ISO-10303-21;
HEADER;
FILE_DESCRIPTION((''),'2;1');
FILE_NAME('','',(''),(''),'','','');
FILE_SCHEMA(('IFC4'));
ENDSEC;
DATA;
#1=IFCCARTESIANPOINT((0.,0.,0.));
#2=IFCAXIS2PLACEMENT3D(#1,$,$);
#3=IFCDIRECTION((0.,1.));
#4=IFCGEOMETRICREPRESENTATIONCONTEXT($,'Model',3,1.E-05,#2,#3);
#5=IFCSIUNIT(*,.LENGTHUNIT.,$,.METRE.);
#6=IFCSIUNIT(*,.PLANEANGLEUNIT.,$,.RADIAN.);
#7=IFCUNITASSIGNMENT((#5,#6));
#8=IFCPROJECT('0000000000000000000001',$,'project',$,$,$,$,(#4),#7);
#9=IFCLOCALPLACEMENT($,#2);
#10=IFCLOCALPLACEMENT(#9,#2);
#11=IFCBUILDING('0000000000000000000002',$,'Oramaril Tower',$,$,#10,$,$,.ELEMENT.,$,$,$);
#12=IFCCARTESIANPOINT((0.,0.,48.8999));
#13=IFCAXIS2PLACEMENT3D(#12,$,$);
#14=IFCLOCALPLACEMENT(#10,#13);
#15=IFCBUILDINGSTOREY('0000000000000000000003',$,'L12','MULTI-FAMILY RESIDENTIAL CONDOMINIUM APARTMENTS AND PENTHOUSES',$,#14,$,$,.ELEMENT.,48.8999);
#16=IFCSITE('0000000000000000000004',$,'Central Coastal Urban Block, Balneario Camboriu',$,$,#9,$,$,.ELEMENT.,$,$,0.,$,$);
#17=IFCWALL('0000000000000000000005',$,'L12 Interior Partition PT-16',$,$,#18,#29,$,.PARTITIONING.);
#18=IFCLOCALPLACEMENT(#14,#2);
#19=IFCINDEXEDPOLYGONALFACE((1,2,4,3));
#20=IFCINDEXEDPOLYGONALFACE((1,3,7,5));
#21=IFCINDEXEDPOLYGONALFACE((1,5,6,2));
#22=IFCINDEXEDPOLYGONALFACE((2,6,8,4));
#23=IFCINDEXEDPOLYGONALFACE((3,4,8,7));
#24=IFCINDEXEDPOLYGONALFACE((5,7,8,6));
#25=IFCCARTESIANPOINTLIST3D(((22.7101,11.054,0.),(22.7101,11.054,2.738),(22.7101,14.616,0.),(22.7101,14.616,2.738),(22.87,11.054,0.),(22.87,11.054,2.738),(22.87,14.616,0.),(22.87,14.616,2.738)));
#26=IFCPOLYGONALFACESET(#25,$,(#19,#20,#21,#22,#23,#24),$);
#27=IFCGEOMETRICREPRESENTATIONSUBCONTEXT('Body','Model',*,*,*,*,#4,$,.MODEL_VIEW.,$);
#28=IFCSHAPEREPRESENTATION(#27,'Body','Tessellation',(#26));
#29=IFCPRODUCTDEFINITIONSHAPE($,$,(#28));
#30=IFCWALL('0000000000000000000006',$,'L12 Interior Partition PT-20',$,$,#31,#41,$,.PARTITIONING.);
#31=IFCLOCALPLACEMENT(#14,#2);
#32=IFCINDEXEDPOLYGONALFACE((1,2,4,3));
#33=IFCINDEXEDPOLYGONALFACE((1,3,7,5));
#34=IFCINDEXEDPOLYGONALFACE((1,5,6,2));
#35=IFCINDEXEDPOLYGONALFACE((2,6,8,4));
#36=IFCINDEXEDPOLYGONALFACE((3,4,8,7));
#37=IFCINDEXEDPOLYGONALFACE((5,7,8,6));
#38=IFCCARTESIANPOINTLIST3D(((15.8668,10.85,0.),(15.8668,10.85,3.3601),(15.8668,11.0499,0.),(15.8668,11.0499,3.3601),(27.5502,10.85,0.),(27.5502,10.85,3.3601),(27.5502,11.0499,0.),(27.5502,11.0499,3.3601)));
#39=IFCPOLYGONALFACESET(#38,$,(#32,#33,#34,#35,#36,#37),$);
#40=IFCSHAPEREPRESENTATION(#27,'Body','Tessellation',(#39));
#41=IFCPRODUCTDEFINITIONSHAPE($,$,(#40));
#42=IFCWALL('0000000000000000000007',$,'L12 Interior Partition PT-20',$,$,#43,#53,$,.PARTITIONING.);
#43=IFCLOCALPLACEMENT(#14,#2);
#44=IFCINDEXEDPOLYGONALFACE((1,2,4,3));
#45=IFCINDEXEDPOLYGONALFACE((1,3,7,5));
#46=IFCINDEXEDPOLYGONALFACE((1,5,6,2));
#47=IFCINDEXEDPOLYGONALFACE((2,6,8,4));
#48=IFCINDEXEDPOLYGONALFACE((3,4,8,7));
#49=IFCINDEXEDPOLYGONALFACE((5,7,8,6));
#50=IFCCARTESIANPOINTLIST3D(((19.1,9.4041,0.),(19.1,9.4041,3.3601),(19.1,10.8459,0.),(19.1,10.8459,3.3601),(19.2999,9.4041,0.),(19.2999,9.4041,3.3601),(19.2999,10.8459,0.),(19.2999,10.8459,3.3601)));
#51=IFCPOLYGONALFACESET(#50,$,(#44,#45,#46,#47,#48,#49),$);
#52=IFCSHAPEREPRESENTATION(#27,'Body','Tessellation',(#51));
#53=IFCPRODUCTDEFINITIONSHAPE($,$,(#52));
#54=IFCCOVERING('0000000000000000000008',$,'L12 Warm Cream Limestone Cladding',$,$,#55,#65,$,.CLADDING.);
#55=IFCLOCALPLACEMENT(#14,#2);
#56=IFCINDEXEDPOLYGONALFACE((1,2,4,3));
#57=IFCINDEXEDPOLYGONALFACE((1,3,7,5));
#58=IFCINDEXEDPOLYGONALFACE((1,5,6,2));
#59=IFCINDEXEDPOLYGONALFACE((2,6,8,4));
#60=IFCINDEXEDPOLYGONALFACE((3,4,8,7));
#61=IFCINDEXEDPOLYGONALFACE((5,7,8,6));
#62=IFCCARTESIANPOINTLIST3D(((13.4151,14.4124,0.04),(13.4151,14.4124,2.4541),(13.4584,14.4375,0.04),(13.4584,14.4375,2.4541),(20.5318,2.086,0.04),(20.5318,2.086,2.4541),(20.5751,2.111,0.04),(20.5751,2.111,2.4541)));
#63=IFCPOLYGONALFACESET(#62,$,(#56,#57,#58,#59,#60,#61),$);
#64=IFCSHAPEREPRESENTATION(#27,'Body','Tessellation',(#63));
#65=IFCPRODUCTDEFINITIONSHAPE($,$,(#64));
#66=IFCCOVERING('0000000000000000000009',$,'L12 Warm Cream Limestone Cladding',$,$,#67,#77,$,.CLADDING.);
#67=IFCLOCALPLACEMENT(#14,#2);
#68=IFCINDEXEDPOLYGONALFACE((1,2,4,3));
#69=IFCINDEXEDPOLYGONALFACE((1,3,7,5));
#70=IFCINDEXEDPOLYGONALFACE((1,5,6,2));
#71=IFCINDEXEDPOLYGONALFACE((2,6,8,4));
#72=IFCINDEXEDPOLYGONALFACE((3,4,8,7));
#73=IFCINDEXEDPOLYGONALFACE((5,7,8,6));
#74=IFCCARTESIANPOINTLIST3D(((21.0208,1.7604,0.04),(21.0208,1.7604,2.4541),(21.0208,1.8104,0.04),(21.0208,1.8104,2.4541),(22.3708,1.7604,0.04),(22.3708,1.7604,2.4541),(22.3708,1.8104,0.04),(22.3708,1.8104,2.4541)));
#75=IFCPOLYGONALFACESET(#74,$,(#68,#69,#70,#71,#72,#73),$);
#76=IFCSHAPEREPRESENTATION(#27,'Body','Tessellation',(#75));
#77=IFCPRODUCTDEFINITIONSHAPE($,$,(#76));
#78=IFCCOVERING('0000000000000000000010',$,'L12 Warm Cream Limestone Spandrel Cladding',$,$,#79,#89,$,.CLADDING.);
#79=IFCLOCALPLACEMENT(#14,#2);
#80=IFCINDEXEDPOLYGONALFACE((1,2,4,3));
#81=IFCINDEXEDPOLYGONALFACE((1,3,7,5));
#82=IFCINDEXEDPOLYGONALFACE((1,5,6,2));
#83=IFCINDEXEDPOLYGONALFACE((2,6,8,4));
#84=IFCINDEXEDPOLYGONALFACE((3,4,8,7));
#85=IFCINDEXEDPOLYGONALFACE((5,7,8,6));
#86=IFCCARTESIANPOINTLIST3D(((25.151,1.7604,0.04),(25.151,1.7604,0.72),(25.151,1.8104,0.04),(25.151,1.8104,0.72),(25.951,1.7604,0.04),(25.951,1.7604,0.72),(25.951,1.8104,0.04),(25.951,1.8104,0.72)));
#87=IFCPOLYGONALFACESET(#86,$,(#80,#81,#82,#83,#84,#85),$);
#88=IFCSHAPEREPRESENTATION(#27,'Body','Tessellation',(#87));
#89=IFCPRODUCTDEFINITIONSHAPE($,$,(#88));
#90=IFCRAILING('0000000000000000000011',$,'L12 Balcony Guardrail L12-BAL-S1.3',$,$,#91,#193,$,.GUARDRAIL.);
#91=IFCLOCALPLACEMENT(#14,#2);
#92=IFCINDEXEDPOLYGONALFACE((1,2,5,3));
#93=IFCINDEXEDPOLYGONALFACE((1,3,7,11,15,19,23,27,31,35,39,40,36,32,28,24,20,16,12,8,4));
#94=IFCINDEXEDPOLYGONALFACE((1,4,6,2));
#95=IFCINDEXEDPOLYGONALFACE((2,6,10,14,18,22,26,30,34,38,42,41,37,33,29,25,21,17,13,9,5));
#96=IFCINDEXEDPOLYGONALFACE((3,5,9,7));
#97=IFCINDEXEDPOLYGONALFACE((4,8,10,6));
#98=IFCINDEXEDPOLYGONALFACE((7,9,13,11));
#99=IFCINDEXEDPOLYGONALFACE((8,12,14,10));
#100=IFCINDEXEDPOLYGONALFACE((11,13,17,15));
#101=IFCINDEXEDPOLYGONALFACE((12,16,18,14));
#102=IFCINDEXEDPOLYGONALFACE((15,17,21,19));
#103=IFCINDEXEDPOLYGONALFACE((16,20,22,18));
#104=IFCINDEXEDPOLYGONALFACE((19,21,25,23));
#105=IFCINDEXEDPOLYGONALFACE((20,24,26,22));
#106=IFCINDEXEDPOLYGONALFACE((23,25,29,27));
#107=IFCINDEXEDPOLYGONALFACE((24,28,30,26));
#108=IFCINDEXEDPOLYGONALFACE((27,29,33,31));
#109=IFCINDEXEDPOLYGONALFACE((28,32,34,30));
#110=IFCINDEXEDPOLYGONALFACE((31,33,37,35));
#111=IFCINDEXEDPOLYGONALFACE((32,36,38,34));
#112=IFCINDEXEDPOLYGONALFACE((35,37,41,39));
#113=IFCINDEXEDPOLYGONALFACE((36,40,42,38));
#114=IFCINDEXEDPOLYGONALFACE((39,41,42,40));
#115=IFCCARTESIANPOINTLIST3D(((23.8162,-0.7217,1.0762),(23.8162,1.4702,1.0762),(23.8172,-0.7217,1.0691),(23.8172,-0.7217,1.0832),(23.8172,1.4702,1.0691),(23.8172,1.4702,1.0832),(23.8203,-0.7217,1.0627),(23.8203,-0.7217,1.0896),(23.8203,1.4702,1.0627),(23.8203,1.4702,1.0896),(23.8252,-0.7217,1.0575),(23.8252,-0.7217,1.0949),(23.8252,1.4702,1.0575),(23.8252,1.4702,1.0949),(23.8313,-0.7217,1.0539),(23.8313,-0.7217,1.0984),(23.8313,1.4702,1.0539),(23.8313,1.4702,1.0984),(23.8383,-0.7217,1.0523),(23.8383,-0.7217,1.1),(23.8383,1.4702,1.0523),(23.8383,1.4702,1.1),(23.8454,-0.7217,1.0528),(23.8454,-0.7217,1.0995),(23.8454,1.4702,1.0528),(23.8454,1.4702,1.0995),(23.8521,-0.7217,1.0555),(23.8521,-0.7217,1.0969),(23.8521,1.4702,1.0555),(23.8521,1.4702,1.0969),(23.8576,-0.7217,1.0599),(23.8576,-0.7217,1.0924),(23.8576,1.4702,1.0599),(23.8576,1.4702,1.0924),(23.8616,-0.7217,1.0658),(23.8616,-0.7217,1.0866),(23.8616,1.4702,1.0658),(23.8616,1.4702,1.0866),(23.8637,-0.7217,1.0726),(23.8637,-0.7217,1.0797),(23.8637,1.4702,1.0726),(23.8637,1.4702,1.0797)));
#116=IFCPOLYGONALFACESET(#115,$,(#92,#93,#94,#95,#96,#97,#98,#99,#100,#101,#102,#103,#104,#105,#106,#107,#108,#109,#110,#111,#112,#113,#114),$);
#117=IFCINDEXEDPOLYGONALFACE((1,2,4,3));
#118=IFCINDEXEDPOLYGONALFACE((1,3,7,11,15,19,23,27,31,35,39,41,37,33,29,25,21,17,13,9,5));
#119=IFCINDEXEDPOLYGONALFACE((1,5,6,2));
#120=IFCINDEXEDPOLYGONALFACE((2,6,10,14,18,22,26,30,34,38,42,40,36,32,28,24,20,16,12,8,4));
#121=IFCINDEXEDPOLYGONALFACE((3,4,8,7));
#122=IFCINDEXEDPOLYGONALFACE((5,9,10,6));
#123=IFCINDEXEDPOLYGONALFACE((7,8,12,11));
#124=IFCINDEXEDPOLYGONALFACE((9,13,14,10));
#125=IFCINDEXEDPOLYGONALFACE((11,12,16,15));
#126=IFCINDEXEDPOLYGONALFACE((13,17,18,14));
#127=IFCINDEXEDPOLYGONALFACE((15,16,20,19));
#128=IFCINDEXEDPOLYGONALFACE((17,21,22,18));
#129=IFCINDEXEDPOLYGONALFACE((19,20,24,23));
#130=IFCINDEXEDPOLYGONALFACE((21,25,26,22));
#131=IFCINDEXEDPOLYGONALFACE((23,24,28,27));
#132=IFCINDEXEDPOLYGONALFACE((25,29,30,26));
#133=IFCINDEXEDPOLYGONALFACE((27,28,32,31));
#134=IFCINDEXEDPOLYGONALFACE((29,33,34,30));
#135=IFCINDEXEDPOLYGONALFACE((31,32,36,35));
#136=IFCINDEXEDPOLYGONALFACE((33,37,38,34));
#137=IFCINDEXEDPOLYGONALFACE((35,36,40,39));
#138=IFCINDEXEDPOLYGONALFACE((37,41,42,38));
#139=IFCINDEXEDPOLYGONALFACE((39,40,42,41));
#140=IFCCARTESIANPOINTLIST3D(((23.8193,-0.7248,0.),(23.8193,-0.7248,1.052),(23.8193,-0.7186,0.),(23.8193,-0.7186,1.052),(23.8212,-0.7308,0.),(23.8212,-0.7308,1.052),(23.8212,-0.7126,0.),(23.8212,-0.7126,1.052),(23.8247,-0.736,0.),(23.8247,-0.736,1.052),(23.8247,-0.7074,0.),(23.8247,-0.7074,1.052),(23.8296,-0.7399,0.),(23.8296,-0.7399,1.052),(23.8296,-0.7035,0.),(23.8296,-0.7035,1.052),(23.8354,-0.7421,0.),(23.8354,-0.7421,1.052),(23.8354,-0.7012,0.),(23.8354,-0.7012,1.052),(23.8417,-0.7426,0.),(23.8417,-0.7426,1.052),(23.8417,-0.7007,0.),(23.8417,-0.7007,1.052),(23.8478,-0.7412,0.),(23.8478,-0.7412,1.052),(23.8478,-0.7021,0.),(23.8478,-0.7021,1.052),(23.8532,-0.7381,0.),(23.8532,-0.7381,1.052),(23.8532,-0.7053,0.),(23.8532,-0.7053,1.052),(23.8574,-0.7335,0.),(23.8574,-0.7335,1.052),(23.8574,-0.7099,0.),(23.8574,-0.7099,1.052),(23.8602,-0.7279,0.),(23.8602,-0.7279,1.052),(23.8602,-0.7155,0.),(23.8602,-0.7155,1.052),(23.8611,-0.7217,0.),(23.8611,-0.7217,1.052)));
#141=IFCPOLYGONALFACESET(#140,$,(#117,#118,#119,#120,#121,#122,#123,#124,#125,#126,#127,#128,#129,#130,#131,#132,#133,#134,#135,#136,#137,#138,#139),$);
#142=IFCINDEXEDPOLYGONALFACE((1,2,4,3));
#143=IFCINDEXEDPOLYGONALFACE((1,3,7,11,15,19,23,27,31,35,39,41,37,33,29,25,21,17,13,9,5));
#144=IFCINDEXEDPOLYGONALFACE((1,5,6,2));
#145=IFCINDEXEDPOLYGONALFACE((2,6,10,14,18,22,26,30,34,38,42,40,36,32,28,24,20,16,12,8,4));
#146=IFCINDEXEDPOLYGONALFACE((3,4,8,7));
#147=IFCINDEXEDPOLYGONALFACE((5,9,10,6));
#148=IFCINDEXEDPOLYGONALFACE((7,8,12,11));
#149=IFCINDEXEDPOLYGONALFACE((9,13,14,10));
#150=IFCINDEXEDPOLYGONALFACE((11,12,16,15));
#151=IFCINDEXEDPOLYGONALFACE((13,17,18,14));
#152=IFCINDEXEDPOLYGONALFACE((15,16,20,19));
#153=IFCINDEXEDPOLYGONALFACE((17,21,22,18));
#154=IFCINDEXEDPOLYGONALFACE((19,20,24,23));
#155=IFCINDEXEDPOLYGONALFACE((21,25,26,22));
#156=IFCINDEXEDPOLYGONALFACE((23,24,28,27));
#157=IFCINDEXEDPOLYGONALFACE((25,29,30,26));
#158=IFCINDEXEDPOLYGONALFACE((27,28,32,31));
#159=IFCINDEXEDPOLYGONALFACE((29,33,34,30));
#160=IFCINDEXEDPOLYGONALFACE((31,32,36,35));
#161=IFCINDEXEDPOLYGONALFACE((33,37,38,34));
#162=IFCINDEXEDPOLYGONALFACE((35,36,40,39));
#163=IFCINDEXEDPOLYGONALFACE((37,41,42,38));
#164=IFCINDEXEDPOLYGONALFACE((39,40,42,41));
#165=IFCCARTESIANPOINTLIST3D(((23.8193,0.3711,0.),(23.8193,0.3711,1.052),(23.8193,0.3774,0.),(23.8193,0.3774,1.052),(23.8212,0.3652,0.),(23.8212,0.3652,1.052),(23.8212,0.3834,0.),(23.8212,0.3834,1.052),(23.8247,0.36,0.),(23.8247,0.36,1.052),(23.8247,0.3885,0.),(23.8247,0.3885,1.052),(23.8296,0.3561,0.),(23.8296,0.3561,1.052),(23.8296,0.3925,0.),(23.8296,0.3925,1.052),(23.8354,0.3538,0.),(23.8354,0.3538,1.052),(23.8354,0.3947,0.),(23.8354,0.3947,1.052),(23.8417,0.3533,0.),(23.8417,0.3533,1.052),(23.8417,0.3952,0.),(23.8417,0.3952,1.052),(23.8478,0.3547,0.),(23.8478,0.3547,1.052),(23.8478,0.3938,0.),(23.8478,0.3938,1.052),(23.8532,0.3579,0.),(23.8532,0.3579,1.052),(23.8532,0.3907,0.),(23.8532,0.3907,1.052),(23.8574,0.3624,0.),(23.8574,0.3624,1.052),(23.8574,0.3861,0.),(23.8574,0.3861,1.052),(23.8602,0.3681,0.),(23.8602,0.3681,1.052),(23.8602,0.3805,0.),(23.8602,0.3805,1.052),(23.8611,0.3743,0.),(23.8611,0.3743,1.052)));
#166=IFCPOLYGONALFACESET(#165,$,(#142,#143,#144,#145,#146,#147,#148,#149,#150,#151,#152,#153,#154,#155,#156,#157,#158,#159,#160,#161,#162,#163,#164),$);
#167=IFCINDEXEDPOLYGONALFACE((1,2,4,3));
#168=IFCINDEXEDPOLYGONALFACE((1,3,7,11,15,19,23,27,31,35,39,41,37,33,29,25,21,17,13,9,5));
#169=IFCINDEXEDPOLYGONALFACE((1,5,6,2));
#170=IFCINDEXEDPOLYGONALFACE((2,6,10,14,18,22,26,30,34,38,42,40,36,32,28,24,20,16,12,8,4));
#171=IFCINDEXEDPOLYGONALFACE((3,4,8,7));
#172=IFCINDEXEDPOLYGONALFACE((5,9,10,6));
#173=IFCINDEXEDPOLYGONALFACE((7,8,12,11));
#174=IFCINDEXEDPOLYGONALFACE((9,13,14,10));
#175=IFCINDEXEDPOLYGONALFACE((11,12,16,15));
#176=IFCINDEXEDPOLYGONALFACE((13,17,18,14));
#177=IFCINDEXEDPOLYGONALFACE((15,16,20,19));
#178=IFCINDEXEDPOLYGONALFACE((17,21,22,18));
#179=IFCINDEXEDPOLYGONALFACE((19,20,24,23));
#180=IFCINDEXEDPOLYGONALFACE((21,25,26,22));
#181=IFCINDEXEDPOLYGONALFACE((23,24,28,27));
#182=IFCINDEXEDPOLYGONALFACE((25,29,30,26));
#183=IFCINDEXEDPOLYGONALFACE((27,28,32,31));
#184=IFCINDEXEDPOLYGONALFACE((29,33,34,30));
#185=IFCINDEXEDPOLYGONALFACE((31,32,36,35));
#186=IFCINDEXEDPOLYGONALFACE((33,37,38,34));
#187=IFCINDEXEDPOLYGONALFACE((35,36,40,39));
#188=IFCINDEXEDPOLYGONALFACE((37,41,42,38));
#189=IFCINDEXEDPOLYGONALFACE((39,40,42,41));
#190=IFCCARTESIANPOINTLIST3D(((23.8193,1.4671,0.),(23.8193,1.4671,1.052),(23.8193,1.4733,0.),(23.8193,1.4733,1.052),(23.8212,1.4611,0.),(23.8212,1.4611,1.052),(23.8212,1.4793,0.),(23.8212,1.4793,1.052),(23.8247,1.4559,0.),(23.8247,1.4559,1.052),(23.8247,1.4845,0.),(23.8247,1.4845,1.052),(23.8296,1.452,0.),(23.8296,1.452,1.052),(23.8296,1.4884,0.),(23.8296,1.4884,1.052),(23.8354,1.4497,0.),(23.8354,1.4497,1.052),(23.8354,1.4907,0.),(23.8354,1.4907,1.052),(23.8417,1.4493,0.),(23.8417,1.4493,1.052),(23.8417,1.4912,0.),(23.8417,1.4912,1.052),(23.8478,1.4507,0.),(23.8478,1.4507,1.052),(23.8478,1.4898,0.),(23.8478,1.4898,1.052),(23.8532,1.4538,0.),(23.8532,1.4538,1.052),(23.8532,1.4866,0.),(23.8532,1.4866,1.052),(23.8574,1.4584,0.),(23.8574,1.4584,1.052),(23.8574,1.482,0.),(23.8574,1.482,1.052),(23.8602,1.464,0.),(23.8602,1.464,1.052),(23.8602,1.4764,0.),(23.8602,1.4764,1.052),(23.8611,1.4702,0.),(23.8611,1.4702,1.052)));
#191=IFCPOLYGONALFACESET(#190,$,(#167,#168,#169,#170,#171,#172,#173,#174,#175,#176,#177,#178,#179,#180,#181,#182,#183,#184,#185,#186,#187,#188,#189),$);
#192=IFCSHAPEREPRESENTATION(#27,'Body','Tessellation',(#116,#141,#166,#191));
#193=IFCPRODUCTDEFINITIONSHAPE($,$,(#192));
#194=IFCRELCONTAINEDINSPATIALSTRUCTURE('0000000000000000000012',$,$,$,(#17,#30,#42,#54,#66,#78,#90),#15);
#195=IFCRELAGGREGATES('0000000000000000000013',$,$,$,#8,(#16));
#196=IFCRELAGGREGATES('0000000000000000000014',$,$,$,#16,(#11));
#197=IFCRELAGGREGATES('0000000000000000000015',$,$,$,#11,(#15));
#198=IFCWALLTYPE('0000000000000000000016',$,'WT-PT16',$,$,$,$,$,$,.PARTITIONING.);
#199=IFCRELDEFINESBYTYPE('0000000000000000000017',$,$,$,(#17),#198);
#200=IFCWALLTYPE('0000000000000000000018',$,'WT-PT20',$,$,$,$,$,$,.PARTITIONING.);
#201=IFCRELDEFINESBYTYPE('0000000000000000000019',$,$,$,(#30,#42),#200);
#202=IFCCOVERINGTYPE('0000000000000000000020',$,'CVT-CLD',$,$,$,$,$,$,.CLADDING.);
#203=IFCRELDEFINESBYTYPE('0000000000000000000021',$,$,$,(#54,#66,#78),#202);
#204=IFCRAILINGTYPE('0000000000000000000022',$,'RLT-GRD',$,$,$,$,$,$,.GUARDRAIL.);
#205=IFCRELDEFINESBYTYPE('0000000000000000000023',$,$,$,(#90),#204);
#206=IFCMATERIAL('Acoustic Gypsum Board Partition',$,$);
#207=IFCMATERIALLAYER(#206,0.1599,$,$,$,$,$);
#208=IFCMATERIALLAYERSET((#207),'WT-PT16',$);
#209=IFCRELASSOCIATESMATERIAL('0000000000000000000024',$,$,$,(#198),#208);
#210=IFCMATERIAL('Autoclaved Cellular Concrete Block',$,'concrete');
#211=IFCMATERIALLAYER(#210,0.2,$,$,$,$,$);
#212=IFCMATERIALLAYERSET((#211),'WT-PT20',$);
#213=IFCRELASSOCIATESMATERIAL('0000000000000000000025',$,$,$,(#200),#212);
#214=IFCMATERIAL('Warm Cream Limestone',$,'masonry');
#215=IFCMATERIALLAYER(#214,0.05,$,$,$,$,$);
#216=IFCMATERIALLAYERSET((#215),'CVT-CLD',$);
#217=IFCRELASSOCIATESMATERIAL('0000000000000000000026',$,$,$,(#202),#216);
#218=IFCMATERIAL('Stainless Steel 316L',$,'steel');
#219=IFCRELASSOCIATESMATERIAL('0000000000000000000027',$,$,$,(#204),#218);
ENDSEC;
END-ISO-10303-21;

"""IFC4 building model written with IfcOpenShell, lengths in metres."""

from ifc_helpers import new_model, si_unit, direction, frame, frame_2d, origin, origin_2d, place, context, subcontext, project, spatial, rectangle, circle, extrude, material, layer, layer_set, type_object, element, save


model = new_model("IFC4")

# Units and contexts
model_context = context("Model", 3, precision=1e-05, world=origin(), true_north=direction((0.0, 1.0)))
body_context = subcontext(model_context, "Body", "Model", "MODEL_VIEW")
ifc_project = project(units=[si_unit("LENGTHUNIT", "METRE"), si_unit("PLANEANGLEUNIT", "RADIAN")], contexts=[model_context])

# Site, building, storey
site_placement = place(None, origin())
site = spatial("IfcSite", under=ifc_project, at=site_placement, Name="Central Coastal Urban Block, Balneario Camboriu", CompositionType="ELEMENT", RefElevation=0.0)
building_placement = place(site_placement, origin())
building = spatial("IfcBuilding", under=site, at=building_placement, Name="Oramaril Tower", CompositionType="ELEMENT")
storey_placement = place(building_placement, frame((0.0, 0.0, 48.8999)))
storey = spatial("IfcBuildingStorey", under=building, at=storey_placement, Name="L12", Description="MULTI-FAMILY RESIDENTIAL CONDOMINIUM APARTMENTS AND PENTHOUSES", CompositionType="ELEMENT", Elevation=48.8999)

# Wall
ifc_material_1 = material(Name="Acoustic Gypsum Board Partition")
ifc_layer_1 = layer(ifc_material_1, 0.1599)
ifc_layer_set_1 = layer_set([ifc_layer_1], Name="WT-PT16")
wall_type_1 = type_object("IfcWallType", Name="WT-PT16", PredefinedType="PARTITIONING", material=ifc_layer_set_1)
wall_1_placement = place(storey_placement, frame((22.79, 11.054, 0.0), z_axis=(0.0, 0.0, 1.0), x_axis=(0.0, 1.0, 0.0)))
element("IfcWall", 1, at=wall_1_placement, inside=storey, type_object=wall_type_1, Name="L12 Interior Partition PT-16", PredefinedType="PARTITIONING", context=body_context, shape_type="SweptSolid", body=[
    extrude(rectangle(XDim=3.562, YDim=0.1599, at=frame_2d((1.781, 0.0))), origin(), (0.0, 0.0, 1.0), 2.738),
])

# Shared definitions
ifc_material_2 = material(Name="Autoclaved Cellular Concrete Block", Category="concrete")
ifc_layer_2 = layer(ifc_material_2, 0.2)
ifc_layer_set_2 = layer_set([ifc_layer_2], Name="WT-PT20")
wall_type_2 = type_object("IfcWallType", Name="WT-PT20", PredefinedType="PARTITIONING", material=ifc_layer_set_2)

# Walls
wall_2_placement = place(storey_placement, frame((15.8667, 10.95, 0.0), z_axis=(0.0, 0.0, 1.0), x_axis=(1.0, 0.0, 0.0)))
element("IfcWall", 2, at=wall_2_placement, inside=storey, type_object=wall_type_2, Name="L12 Interior Partition PT-20", PredefinedType="PARTITIONING", context=body_context, shape_type="SweptSolid", body=[
    extrude(rectangle(XDim=11.6833, YDim=0.2, at=frame_2d((5.8418, 0.0))), origin(), (0.0, 0.0, 1.0), 3.3601),
])
wall_3_placement = place(storey_placement, frame((19.2, 9.4041, 0.0), z_axis=(0.0, 0.0, 1.0), x_axis=(0.0, 1.0, 0.0)))
element("IfcWall", 3, at=wall_3_placement, inside=storey, type_object=wall_type_2, Name="L12 Interior Partition PT-20", PredefinedType="PARTITIONING", context=body_context, shape_type="SweptSolid", body=[
    extrude(rectangle(XDim=1.4419, YDim=0.2, at=frame_2d((0.7209, 0.0))), origin(), (0.0, 0.0, 1.0), 3.3601),
])

# Coverings
ifc_material_3 = material(Name="Warm Cream Limestone", Category="masonry")
ifc_layer_3 = layer(ifc_material_3, 0.05)
ifc_layer_set_3 = layer_set([ifc_layer_3], Name="CVT-CLD")
covering_type = type_object("IfcCoveringType", Name="CVT-CLD", PredefinedType="CLADDING", material=ifc_layer_set_3)
covering_1_placement = place(storey_placement, frame((16.9951, 8.2617, 0.04), z_axis=(0.0, 0.0, 1.0), x_axis=(0.5, -0.866025, 0.0)))
element("IfcCovering", 4, at=covering_1_placement, inside=storey, type_object=covering_type, Name="L12 Warm Cream Limestone Cladding", PredefinedType="CLADDING", context=body_context, shape_type="SweptSolid", body=[
    extrude(rectangle(XDim=14.2334, YDim=0.05, at=origin_2d()), origin(), (0.0, 0.0, 1.0), 2.4141),
])
covering_2_placement = place(storey_placement, frame((21.6958, 1.7854, 0.04), z_axis=(0.0, 0.0, 1.0), x_axis=(1.0, 0.0, 0.0)))
element("IfcCovering", 5, at=covering_2_placement, inside=storey, type_object=covering_type, Name="L12 Warm Cream Limestone Cladding", PredefinedType="CLADDING", context=body_context, shape_type="SweptSolid", body=[
    extrude(rectangle(XDim=1.3501, YDim=0.05, at=origin_2d()), origin(), (0.0, 0.0, 1.0), 2.4141),
])
covering_3_placement = place(storey_placement, frame((25.551, 1.7854, 0.04), z_axis=(0.0, 0.0, 1.0), x_axis=(1.0, 0.0, 0.0)))
element("IfcCovering", 6, at=covering_3_placement, inside=storey, type_object=covering_type, Name="L12 Warm Cream Limestone Spandrel Cladding", PredefinedType="CLADDING", context=body_context, shape_type="SweptSolid", body=[
    extrude(rectangle(XDim=0.8, YDim=0.05, at=origin_2d()), origin(), (0.0, 0.0, 1.0), 0.6799),
])

# Railing
ifc_material_4 = material(Name="Stainless Steel 316L", Category="steel")
railing_type = type_object("IfcRailingType", Name="RLT-GRD", PredefinedType="GUARDRAIL", material=ifc_material_4)
railing_placement = place(storey_placement, frame((23.8401, -0.7217, 0.0)))
element("IfcRailing", 7, at=railing_placement, inside=storey, type_object=railing_type, Name="L12 Balcony Guardrail L12-BAL-S1.3", PredefinedType="GUARDRAIL", context=body_context, shape_type="SweptSolid", body=[
    extrude(circle(Radius=0.0239, at=origin_2d()), frame((0.0, 0.0, 1.0762), z_axis=(0.0, 1.0, 0.0), x_axis=(-1.0, 0.0, 0.0)), (0.0, 0.0, 1.0), 2.1919),
    extrude(circle(Radius=0.021, at=origin_2d()), origin(), (0.0, 0.0, 1.0), 1.052),
    extrude(circle(Radius=0.021, at=origin_2d()), frame((0.0, 1.0959, 0.0)), (0.0, 0.0, 1.0), 1.052),
    extrude(circle(Radius=0.021, at=origin_2d()), frame((0.0, 2.1919, 0.0)), (0.0, 0.0, 1.0), 1.052),
])

save(model, "model.ifc")
